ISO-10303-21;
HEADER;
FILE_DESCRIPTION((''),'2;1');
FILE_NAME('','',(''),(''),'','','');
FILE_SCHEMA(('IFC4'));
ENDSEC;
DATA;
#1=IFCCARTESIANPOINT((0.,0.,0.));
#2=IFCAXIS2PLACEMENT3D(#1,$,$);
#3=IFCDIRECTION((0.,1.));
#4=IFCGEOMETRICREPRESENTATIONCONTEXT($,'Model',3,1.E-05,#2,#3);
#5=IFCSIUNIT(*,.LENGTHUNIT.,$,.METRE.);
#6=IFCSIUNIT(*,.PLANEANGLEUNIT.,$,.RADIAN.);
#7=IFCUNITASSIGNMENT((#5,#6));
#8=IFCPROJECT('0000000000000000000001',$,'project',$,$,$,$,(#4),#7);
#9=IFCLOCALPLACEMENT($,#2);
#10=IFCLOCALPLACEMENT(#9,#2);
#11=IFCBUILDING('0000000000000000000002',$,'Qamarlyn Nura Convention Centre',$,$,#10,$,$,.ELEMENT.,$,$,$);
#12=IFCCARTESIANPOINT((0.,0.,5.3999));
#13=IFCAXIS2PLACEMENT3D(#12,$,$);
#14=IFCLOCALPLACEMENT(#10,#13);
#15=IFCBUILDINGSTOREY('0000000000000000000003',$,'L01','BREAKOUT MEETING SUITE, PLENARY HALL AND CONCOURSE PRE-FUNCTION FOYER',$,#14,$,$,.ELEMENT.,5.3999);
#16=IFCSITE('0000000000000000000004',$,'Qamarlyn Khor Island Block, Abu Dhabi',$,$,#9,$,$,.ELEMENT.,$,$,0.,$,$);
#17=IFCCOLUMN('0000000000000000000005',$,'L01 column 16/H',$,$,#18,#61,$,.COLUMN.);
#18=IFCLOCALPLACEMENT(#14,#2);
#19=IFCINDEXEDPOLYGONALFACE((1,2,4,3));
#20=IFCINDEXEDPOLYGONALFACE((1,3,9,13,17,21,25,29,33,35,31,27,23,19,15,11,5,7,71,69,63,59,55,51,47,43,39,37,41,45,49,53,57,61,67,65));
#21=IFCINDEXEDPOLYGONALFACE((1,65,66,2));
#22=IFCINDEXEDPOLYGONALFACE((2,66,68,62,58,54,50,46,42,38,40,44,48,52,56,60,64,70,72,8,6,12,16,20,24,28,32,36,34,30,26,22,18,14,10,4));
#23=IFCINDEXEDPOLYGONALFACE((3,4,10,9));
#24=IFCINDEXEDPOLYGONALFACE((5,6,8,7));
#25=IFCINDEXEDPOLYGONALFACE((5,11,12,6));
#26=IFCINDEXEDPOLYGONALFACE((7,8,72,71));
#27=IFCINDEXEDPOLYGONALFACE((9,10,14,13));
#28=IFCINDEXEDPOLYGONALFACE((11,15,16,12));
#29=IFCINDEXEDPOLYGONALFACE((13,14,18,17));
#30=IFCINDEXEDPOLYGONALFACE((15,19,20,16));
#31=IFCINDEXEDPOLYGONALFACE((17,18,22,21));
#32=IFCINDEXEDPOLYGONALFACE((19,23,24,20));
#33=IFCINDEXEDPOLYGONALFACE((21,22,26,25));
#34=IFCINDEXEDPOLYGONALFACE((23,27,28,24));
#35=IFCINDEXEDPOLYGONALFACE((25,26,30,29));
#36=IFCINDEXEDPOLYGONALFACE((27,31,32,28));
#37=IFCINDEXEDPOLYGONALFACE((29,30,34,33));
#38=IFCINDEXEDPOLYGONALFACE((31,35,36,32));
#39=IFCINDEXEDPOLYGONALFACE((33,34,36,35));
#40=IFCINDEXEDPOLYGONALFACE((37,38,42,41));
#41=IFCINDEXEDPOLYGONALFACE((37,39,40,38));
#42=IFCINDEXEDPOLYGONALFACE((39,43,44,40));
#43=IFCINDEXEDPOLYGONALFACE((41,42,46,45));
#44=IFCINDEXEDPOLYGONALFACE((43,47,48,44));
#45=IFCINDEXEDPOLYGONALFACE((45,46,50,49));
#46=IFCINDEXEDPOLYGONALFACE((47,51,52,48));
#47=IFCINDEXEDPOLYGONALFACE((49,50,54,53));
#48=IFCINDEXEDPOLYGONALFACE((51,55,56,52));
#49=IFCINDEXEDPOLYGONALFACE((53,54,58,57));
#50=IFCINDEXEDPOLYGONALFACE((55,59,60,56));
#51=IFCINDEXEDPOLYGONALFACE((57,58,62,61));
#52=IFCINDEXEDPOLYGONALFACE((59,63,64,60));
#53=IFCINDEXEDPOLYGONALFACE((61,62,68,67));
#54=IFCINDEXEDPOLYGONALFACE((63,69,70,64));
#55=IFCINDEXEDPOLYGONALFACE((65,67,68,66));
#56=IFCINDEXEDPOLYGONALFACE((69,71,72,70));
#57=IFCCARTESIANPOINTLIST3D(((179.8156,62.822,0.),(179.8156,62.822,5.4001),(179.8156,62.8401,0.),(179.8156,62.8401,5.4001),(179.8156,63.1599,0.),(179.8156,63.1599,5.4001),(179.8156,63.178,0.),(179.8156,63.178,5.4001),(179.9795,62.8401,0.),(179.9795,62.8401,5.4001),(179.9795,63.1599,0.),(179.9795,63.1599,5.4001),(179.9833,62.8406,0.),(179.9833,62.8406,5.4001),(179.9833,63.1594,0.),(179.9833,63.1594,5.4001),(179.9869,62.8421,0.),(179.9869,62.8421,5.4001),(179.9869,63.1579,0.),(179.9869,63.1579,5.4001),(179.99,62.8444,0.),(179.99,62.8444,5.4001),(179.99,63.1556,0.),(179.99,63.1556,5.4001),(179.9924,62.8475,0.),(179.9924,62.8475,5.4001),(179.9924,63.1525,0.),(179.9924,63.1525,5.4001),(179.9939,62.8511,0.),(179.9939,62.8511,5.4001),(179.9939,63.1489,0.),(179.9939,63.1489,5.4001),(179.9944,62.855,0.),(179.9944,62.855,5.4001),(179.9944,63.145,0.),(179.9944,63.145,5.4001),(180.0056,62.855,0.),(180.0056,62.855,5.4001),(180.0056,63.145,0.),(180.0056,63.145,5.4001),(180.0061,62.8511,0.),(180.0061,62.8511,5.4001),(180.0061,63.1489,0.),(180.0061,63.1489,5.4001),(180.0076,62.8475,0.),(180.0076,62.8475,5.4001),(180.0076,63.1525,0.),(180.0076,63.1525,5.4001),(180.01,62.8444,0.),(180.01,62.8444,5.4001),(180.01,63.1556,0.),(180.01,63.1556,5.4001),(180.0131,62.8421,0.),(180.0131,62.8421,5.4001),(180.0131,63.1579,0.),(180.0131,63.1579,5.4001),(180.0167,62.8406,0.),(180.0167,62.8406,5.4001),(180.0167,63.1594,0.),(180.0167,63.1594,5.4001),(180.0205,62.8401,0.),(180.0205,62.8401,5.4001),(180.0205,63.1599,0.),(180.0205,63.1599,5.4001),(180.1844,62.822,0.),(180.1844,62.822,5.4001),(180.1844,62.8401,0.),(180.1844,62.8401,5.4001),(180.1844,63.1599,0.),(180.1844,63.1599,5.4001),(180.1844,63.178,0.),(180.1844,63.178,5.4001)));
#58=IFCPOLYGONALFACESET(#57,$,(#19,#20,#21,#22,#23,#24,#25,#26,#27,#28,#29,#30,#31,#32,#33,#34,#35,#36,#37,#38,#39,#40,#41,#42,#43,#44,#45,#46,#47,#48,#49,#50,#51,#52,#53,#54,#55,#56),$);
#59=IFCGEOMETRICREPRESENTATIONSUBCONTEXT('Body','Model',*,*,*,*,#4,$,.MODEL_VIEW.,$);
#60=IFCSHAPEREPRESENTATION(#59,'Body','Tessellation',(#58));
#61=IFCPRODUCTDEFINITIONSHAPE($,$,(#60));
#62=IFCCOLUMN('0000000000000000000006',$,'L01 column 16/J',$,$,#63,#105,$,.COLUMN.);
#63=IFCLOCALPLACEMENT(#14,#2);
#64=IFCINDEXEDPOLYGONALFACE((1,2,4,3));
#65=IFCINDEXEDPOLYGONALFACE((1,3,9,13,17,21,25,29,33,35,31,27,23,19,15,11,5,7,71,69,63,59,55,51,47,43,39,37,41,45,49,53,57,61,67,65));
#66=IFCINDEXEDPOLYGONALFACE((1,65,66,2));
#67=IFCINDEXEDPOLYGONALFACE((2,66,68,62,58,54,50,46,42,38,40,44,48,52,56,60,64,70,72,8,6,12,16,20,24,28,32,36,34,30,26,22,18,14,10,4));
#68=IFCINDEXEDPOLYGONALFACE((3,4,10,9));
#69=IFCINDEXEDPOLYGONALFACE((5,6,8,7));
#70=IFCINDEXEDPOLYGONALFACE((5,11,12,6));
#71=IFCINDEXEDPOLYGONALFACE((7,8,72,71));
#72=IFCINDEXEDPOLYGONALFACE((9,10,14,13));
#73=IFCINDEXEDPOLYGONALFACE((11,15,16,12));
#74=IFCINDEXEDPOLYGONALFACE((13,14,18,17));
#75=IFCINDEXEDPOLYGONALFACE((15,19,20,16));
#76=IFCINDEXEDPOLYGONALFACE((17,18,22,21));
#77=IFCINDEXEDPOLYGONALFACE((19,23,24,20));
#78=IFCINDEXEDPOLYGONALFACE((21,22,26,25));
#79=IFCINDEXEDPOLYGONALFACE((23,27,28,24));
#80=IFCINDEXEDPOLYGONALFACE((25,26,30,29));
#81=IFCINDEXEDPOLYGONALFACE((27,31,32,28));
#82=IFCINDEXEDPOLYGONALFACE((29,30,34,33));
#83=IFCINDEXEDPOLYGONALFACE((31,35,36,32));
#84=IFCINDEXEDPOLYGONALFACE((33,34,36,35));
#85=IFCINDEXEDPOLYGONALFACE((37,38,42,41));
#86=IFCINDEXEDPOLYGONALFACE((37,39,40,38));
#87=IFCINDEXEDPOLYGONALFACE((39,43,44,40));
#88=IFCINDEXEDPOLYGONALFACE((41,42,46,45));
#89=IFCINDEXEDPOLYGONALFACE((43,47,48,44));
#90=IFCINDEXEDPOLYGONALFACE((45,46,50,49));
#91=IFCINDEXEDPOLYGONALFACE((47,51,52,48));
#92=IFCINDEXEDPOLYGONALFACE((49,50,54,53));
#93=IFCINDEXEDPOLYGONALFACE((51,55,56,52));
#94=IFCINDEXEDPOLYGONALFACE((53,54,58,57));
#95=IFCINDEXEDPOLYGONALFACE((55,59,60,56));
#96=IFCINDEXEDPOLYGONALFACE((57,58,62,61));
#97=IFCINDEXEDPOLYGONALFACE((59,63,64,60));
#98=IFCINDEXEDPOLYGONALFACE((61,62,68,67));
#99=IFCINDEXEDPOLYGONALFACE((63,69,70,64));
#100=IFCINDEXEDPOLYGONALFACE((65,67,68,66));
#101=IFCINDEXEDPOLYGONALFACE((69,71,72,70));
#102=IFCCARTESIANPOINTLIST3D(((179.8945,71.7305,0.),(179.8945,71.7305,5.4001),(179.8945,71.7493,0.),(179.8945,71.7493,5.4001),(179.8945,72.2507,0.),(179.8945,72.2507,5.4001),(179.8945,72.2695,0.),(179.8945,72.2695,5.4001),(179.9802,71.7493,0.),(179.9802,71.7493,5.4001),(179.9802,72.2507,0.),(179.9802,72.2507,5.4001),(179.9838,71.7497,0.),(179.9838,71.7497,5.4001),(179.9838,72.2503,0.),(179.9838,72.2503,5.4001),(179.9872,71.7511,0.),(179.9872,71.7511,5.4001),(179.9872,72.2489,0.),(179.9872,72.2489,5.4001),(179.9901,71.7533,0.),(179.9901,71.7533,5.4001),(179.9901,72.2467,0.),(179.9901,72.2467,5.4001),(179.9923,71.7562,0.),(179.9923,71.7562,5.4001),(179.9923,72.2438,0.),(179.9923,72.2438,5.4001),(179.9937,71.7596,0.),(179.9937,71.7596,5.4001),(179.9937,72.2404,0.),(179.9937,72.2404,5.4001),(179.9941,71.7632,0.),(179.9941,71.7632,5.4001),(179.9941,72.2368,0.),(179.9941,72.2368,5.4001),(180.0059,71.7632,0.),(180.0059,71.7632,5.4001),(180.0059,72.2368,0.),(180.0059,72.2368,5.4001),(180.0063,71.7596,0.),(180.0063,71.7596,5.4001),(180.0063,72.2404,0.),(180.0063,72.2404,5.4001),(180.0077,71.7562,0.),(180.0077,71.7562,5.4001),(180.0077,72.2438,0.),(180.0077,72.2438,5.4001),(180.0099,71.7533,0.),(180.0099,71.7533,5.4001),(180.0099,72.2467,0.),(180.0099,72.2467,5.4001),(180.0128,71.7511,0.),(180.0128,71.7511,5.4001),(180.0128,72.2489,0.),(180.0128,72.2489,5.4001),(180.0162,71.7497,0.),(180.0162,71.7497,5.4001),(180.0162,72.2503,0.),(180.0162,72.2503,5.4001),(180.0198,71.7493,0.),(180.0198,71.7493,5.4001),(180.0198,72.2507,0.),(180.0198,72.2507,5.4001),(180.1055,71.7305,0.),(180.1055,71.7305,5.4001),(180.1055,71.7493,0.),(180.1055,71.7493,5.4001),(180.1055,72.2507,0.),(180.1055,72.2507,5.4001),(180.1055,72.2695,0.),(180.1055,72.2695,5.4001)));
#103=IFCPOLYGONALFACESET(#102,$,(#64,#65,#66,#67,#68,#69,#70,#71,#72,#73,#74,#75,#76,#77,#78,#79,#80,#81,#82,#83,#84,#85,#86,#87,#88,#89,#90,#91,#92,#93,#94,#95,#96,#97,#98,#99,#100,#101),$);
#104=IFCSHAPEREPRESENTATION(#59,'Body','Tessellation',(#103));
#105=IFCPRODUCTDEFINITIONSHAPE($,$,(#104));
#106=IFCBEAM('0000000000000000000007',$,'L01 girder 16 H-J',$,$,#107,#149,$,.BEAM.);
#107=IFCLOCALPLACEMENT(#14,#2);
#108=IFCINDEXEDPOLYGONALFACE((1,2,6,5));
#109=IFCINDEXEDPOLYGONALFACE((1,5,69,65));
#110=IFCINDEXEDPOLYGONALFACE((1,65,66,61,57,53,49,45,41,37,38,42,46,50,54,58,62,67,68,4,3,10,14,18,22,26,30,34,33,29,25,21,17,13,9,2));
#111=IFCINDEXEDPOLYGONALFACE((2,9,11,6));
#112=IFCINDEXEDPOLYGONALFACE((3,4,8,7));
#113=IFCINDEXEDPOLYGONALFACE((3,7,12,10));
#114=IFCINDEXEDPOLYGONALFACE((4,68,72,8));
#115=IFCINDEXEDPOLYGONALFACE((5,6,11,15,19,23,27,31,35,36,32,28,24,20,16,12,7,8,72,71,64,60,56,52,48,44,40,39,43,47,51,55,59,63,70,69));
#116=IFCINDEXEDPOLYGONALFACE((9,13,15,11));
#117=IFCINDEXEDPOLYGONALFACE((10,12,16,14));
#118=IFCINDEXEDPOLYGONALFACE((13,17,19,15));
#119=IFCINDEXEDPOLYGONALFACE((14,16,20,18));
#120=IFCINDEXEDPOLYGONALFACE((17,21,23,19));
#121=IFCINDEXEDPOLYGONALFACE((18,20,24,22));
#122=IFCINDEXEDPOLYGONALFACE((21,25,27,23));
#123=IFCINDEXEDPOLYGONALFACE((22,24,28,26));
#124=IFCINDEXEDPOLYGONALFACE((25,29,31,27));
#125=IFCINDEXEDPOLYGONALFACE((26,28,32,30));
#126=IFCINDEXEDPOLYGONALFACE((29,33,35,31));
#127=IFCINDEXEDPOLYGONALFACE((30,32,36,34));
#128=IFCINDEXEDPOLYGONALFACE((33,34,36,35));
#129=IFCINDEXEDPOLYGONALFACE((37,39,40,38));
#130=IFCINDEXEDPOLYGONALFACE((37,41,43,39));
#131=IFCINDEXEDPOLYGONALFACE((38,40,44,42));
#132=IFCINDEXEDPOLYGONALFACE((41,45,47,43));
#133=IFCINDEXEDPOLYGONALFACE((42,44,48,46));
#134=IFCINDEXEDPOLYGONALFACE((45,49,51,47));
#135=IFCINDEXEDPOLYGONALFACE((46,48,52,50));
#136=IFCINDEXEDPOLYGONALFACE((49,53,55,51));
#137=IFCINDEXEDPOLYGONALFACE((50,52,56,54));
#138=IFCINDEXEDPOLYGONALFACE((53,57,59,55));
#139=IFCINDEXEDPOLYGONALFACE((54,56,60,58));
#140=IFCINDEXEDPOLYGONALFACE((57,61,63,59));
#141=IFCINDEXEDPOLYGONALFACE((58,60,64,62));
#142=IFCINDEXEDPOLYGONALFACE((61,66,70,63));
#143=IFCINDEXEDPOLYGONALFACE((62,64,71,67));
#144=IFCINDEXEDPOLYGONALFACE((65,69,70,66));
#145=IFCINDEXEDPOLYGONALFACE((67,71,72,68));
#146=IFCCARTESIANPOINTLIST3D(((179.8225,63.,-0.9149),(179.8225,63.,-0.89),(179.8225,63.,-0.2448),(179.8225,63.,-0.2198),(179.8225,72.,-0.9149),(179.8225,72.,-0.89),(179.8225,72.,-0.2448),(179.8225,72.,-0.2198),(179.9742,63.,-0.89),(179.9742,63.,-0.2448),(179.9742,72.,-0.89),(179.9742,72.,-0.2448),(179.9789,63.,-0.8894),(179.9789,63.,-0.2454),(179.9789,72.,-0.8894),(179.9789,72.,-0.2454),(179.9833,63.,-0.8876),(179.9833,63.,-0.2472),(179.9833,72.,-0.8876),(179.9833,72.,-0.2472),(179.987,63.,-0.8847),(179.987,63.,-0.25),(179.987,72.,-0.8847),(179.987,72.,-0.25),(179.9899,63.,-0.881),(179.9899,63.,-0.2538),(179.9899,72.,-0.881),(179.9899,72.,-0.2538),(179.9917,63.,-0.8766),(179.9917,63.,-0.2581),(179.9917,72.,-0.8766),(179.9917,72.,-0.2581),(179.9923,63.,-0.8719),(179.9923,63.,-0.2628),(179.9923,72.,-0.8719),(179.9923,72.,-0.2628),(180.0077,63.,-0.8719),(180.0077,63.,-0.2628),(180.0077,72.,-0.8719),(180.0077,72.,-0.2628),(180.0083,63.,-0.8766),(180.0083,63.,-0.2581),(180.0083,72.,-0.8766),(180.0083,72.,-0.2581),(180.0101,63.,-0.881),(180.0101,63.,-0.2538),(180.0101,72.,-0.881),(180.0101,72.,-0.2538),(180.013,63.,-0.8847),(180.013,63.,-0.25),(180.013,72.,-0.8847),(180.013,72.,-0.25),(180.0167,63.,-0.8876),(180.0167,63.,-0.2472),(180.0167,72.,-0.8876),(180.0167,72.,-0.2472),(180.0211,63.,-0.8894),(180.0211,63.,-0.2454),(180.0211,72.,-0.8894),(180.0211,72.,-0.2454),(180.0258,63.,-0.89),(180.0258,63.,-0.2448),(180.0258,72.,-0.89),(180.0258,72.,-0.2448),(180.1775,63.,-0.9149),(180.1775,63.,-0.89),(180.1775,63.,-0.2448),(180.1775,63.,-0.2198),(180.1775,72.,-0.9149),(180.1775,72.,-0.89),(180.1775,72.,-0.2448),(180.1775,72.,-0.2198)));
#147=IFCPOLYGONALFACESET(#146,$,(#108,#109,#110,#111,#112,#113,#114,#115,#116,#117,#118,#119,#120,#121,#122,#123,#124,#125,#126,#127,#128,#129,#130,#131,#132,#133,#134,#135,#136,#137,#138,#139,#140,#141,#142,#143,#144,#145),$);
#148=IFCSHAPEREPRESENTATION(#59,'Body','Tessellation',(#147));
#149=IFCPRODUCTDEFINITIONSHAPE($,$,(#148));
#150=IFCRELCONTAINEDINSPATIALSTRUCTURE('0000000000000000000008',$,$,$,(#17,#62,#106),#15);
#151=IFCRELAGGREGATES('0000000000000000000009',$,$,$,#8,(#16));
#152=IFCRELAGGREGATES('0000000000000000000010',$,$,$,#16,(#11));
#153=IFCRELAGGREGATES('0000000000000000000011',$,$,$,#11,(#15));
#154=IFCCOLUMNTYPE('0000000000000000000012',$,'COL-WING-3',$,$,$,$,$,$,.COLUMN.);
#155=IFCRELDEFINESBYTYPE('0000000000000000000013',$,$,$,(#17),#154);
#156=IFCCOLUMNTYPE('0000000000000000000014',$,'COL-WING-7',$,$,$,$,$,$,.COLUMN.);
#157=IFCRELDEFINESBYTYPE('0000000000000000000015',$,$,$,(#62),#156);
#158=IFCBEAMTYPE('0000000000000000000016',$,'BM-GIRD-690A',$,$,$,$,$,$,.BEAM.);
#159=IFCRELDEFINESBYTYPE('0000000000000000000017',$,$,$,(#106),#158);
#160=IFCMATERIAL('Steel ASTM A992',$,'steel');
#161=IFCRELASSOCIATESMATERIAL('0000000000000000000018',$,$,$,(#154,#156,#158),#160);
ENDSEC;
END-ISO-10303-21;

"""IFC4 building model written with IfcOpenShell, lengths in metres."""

from ifc_helpers import new_model, si_unit, direction, frame, origin, origin_2d, place, context, subcontext, project, spatial, i_section, extrude, material, material_profile, profile_set, type_object, element, save


model = new_model("IFC4")

# Units and contexts
model_context = context("Model", 3, precision=1e-05, world=origin(), true_north=direction((0.0, 1.0)))
body_context = subcontext(model_context, "Body", "Model", "MODEL_VIEW")
ifc_project = project(units=[si_unit("LENGTHUNIT", "METRE"), si_unit("PLANEANGLEUNIT", "RADIAN")], contexts=[model_context])

# Site, building, storey
site_placement = place(None, origin())
site = spatial("IfcSite", under=ifc_project, at=site_placement, Name="Qamarlyn Khor Island Block, Abu Dhabi", CompositionType="ELEMENT", RefElevation=0.0)
building_placement = place(site_placement, origin())
building = spatial("IfcBuilding", under=site, at=building_placement, Name="Qamarlyn Nura Convention Centre", CompositionType="ELEMENT")
storey_placement = place(building_placement, frame((0.0, 0.0, 5.3999)))
storey = spatial("IfcBuildingStorey", under=building, at=storey_placement, Name="L01", Description="BREAKOUT MEETING SUITE, PLENARY HALL AND CONCOURSE PRE-FUNCTION FOYER", CompositionType="ELEMENT", Elevation=5.3999)

# Columns
ifc_material_1 = material(Name="Steel ASTM A992", Category="steel")
ifc_material_profile_1 = material_profile(ifc_material_1, i_section(OverallWidth=0.3689, OverallDepth=0.356, WebThickness=0.0112, FlangeThickness=0.0181, FilletRadius=0.0149, at=origin_2d()), Name="W360X134")
ifc_profile_set_1 = profile_set([ifc_material_profile_1], Name="Steel ASTM A992")
column_type_1 = type_object("IfcColumnType", Name="COL-WING-3", PredefinedType="COLUMN", material=ifc_profile_set_1)
column_1_placement = place(storey_placement, frame((180.0, 63.0, 0.0), z_axis=(0.0, 0.0, 1.0), x_axis=(1.0, 0.0, 0.0)))
element("IfcColumn", 1, at=column_1_placement, inside=storey, type_object=column_type_1, Name="L01 column 16/H", PredefinedType="COLUMN", context=body_context, shape_type="SweptSolid", body=[
    extrude(i_section(OverallWidth=0.3689, OverallDepth=0.356, WebThickness=0.0112, FlangeThickness=0.0181, FilletRadius=0.0149, at=origin_2d()), origin(), (0.0, 0.0, 1.0), 5.4001),
])
ifc_material_profile_2 = material_profile(ifc_material_1, i_section(OverallWidth=0.2109, OverallDepth=0.5391, WebThickness=0.0117, FlangeThickness=0.0188, FilletRadius=0.0139, at=origin_2d()), Name="W530X109")
ifc_profile_set_2 = profile_set([ifc_material_profile_2], Name="Steel ASTM A992")
column_type_2 = type_object("IfcColumnType", Name="COL-WING-7", PredefinedType="COLUMN", material=ifc_profile_set_2)
column_2_placement = place(storey_placement, frame((180.0, 72.0, 0.0), z_axis=(0.0, 0.0, 1.0), x_axis=(1.0, 0.0, 0.0)))
element("IfcColumn", 2, at=column_2_placement, inside=storey, type_object=column_type_2, Name="L01 column 16/J", PredefinedType="COLUMN", context=body_context, shape_type="SweptSolid", body=[
    extrude(i_section(OverallWidth=0.2109, OverallDepth=0.5391, WebThickness=0.0117, FlangeThickness=0.0188, FilletRadius=0.0139, at=origin_2d()), origin(), (0.0, 0.0, 1.0), 5.4001),
])

# Beam
ifc_material_profile_3 = material_profile(ifc_material_1, i_section(OverallWidth=0.355, OverallDepth=0.6951, WebThickness=0.0154, FlangeThickness=0.0249, FilletRadius=0.0181, at=origin_2d()), Name="W690X217")
ifc_profile_set_3 = profile_set([ifc_material_profile_3], Name="Steel ASTM A992")
beam_type_1 = type_object("IfcBeamType", Name="BM-GIRD-690A", PredefinedType="BEAM", material=ifc_profile_set_3)
beam_1_placement = place(storey_placement, frame((180.0, 63.0, -0.5674), z_axis=(0.0, 1.0, 0.0), x_axis=(-1.0, 0.0, 0.0)))
element("IfcBeam", 3, at=beam_1_placement, inside=storey, type_object=beam_type_1, Name="L01 girder 16 H-J", PredefinedType="BEAM", context=body_context, shape_type="SweptSolid", body=[
    extrude(i_section(OverallWidth=0.355, OverallDepth=0.6951, WebThickness=0.0154, FlangeThickness=0.0249, FilletRadius=0.0181, at=origin_2d()), origin(), (0.0, 0.0, 1.0), 9.0),
])

save(model, "model.ifc")
